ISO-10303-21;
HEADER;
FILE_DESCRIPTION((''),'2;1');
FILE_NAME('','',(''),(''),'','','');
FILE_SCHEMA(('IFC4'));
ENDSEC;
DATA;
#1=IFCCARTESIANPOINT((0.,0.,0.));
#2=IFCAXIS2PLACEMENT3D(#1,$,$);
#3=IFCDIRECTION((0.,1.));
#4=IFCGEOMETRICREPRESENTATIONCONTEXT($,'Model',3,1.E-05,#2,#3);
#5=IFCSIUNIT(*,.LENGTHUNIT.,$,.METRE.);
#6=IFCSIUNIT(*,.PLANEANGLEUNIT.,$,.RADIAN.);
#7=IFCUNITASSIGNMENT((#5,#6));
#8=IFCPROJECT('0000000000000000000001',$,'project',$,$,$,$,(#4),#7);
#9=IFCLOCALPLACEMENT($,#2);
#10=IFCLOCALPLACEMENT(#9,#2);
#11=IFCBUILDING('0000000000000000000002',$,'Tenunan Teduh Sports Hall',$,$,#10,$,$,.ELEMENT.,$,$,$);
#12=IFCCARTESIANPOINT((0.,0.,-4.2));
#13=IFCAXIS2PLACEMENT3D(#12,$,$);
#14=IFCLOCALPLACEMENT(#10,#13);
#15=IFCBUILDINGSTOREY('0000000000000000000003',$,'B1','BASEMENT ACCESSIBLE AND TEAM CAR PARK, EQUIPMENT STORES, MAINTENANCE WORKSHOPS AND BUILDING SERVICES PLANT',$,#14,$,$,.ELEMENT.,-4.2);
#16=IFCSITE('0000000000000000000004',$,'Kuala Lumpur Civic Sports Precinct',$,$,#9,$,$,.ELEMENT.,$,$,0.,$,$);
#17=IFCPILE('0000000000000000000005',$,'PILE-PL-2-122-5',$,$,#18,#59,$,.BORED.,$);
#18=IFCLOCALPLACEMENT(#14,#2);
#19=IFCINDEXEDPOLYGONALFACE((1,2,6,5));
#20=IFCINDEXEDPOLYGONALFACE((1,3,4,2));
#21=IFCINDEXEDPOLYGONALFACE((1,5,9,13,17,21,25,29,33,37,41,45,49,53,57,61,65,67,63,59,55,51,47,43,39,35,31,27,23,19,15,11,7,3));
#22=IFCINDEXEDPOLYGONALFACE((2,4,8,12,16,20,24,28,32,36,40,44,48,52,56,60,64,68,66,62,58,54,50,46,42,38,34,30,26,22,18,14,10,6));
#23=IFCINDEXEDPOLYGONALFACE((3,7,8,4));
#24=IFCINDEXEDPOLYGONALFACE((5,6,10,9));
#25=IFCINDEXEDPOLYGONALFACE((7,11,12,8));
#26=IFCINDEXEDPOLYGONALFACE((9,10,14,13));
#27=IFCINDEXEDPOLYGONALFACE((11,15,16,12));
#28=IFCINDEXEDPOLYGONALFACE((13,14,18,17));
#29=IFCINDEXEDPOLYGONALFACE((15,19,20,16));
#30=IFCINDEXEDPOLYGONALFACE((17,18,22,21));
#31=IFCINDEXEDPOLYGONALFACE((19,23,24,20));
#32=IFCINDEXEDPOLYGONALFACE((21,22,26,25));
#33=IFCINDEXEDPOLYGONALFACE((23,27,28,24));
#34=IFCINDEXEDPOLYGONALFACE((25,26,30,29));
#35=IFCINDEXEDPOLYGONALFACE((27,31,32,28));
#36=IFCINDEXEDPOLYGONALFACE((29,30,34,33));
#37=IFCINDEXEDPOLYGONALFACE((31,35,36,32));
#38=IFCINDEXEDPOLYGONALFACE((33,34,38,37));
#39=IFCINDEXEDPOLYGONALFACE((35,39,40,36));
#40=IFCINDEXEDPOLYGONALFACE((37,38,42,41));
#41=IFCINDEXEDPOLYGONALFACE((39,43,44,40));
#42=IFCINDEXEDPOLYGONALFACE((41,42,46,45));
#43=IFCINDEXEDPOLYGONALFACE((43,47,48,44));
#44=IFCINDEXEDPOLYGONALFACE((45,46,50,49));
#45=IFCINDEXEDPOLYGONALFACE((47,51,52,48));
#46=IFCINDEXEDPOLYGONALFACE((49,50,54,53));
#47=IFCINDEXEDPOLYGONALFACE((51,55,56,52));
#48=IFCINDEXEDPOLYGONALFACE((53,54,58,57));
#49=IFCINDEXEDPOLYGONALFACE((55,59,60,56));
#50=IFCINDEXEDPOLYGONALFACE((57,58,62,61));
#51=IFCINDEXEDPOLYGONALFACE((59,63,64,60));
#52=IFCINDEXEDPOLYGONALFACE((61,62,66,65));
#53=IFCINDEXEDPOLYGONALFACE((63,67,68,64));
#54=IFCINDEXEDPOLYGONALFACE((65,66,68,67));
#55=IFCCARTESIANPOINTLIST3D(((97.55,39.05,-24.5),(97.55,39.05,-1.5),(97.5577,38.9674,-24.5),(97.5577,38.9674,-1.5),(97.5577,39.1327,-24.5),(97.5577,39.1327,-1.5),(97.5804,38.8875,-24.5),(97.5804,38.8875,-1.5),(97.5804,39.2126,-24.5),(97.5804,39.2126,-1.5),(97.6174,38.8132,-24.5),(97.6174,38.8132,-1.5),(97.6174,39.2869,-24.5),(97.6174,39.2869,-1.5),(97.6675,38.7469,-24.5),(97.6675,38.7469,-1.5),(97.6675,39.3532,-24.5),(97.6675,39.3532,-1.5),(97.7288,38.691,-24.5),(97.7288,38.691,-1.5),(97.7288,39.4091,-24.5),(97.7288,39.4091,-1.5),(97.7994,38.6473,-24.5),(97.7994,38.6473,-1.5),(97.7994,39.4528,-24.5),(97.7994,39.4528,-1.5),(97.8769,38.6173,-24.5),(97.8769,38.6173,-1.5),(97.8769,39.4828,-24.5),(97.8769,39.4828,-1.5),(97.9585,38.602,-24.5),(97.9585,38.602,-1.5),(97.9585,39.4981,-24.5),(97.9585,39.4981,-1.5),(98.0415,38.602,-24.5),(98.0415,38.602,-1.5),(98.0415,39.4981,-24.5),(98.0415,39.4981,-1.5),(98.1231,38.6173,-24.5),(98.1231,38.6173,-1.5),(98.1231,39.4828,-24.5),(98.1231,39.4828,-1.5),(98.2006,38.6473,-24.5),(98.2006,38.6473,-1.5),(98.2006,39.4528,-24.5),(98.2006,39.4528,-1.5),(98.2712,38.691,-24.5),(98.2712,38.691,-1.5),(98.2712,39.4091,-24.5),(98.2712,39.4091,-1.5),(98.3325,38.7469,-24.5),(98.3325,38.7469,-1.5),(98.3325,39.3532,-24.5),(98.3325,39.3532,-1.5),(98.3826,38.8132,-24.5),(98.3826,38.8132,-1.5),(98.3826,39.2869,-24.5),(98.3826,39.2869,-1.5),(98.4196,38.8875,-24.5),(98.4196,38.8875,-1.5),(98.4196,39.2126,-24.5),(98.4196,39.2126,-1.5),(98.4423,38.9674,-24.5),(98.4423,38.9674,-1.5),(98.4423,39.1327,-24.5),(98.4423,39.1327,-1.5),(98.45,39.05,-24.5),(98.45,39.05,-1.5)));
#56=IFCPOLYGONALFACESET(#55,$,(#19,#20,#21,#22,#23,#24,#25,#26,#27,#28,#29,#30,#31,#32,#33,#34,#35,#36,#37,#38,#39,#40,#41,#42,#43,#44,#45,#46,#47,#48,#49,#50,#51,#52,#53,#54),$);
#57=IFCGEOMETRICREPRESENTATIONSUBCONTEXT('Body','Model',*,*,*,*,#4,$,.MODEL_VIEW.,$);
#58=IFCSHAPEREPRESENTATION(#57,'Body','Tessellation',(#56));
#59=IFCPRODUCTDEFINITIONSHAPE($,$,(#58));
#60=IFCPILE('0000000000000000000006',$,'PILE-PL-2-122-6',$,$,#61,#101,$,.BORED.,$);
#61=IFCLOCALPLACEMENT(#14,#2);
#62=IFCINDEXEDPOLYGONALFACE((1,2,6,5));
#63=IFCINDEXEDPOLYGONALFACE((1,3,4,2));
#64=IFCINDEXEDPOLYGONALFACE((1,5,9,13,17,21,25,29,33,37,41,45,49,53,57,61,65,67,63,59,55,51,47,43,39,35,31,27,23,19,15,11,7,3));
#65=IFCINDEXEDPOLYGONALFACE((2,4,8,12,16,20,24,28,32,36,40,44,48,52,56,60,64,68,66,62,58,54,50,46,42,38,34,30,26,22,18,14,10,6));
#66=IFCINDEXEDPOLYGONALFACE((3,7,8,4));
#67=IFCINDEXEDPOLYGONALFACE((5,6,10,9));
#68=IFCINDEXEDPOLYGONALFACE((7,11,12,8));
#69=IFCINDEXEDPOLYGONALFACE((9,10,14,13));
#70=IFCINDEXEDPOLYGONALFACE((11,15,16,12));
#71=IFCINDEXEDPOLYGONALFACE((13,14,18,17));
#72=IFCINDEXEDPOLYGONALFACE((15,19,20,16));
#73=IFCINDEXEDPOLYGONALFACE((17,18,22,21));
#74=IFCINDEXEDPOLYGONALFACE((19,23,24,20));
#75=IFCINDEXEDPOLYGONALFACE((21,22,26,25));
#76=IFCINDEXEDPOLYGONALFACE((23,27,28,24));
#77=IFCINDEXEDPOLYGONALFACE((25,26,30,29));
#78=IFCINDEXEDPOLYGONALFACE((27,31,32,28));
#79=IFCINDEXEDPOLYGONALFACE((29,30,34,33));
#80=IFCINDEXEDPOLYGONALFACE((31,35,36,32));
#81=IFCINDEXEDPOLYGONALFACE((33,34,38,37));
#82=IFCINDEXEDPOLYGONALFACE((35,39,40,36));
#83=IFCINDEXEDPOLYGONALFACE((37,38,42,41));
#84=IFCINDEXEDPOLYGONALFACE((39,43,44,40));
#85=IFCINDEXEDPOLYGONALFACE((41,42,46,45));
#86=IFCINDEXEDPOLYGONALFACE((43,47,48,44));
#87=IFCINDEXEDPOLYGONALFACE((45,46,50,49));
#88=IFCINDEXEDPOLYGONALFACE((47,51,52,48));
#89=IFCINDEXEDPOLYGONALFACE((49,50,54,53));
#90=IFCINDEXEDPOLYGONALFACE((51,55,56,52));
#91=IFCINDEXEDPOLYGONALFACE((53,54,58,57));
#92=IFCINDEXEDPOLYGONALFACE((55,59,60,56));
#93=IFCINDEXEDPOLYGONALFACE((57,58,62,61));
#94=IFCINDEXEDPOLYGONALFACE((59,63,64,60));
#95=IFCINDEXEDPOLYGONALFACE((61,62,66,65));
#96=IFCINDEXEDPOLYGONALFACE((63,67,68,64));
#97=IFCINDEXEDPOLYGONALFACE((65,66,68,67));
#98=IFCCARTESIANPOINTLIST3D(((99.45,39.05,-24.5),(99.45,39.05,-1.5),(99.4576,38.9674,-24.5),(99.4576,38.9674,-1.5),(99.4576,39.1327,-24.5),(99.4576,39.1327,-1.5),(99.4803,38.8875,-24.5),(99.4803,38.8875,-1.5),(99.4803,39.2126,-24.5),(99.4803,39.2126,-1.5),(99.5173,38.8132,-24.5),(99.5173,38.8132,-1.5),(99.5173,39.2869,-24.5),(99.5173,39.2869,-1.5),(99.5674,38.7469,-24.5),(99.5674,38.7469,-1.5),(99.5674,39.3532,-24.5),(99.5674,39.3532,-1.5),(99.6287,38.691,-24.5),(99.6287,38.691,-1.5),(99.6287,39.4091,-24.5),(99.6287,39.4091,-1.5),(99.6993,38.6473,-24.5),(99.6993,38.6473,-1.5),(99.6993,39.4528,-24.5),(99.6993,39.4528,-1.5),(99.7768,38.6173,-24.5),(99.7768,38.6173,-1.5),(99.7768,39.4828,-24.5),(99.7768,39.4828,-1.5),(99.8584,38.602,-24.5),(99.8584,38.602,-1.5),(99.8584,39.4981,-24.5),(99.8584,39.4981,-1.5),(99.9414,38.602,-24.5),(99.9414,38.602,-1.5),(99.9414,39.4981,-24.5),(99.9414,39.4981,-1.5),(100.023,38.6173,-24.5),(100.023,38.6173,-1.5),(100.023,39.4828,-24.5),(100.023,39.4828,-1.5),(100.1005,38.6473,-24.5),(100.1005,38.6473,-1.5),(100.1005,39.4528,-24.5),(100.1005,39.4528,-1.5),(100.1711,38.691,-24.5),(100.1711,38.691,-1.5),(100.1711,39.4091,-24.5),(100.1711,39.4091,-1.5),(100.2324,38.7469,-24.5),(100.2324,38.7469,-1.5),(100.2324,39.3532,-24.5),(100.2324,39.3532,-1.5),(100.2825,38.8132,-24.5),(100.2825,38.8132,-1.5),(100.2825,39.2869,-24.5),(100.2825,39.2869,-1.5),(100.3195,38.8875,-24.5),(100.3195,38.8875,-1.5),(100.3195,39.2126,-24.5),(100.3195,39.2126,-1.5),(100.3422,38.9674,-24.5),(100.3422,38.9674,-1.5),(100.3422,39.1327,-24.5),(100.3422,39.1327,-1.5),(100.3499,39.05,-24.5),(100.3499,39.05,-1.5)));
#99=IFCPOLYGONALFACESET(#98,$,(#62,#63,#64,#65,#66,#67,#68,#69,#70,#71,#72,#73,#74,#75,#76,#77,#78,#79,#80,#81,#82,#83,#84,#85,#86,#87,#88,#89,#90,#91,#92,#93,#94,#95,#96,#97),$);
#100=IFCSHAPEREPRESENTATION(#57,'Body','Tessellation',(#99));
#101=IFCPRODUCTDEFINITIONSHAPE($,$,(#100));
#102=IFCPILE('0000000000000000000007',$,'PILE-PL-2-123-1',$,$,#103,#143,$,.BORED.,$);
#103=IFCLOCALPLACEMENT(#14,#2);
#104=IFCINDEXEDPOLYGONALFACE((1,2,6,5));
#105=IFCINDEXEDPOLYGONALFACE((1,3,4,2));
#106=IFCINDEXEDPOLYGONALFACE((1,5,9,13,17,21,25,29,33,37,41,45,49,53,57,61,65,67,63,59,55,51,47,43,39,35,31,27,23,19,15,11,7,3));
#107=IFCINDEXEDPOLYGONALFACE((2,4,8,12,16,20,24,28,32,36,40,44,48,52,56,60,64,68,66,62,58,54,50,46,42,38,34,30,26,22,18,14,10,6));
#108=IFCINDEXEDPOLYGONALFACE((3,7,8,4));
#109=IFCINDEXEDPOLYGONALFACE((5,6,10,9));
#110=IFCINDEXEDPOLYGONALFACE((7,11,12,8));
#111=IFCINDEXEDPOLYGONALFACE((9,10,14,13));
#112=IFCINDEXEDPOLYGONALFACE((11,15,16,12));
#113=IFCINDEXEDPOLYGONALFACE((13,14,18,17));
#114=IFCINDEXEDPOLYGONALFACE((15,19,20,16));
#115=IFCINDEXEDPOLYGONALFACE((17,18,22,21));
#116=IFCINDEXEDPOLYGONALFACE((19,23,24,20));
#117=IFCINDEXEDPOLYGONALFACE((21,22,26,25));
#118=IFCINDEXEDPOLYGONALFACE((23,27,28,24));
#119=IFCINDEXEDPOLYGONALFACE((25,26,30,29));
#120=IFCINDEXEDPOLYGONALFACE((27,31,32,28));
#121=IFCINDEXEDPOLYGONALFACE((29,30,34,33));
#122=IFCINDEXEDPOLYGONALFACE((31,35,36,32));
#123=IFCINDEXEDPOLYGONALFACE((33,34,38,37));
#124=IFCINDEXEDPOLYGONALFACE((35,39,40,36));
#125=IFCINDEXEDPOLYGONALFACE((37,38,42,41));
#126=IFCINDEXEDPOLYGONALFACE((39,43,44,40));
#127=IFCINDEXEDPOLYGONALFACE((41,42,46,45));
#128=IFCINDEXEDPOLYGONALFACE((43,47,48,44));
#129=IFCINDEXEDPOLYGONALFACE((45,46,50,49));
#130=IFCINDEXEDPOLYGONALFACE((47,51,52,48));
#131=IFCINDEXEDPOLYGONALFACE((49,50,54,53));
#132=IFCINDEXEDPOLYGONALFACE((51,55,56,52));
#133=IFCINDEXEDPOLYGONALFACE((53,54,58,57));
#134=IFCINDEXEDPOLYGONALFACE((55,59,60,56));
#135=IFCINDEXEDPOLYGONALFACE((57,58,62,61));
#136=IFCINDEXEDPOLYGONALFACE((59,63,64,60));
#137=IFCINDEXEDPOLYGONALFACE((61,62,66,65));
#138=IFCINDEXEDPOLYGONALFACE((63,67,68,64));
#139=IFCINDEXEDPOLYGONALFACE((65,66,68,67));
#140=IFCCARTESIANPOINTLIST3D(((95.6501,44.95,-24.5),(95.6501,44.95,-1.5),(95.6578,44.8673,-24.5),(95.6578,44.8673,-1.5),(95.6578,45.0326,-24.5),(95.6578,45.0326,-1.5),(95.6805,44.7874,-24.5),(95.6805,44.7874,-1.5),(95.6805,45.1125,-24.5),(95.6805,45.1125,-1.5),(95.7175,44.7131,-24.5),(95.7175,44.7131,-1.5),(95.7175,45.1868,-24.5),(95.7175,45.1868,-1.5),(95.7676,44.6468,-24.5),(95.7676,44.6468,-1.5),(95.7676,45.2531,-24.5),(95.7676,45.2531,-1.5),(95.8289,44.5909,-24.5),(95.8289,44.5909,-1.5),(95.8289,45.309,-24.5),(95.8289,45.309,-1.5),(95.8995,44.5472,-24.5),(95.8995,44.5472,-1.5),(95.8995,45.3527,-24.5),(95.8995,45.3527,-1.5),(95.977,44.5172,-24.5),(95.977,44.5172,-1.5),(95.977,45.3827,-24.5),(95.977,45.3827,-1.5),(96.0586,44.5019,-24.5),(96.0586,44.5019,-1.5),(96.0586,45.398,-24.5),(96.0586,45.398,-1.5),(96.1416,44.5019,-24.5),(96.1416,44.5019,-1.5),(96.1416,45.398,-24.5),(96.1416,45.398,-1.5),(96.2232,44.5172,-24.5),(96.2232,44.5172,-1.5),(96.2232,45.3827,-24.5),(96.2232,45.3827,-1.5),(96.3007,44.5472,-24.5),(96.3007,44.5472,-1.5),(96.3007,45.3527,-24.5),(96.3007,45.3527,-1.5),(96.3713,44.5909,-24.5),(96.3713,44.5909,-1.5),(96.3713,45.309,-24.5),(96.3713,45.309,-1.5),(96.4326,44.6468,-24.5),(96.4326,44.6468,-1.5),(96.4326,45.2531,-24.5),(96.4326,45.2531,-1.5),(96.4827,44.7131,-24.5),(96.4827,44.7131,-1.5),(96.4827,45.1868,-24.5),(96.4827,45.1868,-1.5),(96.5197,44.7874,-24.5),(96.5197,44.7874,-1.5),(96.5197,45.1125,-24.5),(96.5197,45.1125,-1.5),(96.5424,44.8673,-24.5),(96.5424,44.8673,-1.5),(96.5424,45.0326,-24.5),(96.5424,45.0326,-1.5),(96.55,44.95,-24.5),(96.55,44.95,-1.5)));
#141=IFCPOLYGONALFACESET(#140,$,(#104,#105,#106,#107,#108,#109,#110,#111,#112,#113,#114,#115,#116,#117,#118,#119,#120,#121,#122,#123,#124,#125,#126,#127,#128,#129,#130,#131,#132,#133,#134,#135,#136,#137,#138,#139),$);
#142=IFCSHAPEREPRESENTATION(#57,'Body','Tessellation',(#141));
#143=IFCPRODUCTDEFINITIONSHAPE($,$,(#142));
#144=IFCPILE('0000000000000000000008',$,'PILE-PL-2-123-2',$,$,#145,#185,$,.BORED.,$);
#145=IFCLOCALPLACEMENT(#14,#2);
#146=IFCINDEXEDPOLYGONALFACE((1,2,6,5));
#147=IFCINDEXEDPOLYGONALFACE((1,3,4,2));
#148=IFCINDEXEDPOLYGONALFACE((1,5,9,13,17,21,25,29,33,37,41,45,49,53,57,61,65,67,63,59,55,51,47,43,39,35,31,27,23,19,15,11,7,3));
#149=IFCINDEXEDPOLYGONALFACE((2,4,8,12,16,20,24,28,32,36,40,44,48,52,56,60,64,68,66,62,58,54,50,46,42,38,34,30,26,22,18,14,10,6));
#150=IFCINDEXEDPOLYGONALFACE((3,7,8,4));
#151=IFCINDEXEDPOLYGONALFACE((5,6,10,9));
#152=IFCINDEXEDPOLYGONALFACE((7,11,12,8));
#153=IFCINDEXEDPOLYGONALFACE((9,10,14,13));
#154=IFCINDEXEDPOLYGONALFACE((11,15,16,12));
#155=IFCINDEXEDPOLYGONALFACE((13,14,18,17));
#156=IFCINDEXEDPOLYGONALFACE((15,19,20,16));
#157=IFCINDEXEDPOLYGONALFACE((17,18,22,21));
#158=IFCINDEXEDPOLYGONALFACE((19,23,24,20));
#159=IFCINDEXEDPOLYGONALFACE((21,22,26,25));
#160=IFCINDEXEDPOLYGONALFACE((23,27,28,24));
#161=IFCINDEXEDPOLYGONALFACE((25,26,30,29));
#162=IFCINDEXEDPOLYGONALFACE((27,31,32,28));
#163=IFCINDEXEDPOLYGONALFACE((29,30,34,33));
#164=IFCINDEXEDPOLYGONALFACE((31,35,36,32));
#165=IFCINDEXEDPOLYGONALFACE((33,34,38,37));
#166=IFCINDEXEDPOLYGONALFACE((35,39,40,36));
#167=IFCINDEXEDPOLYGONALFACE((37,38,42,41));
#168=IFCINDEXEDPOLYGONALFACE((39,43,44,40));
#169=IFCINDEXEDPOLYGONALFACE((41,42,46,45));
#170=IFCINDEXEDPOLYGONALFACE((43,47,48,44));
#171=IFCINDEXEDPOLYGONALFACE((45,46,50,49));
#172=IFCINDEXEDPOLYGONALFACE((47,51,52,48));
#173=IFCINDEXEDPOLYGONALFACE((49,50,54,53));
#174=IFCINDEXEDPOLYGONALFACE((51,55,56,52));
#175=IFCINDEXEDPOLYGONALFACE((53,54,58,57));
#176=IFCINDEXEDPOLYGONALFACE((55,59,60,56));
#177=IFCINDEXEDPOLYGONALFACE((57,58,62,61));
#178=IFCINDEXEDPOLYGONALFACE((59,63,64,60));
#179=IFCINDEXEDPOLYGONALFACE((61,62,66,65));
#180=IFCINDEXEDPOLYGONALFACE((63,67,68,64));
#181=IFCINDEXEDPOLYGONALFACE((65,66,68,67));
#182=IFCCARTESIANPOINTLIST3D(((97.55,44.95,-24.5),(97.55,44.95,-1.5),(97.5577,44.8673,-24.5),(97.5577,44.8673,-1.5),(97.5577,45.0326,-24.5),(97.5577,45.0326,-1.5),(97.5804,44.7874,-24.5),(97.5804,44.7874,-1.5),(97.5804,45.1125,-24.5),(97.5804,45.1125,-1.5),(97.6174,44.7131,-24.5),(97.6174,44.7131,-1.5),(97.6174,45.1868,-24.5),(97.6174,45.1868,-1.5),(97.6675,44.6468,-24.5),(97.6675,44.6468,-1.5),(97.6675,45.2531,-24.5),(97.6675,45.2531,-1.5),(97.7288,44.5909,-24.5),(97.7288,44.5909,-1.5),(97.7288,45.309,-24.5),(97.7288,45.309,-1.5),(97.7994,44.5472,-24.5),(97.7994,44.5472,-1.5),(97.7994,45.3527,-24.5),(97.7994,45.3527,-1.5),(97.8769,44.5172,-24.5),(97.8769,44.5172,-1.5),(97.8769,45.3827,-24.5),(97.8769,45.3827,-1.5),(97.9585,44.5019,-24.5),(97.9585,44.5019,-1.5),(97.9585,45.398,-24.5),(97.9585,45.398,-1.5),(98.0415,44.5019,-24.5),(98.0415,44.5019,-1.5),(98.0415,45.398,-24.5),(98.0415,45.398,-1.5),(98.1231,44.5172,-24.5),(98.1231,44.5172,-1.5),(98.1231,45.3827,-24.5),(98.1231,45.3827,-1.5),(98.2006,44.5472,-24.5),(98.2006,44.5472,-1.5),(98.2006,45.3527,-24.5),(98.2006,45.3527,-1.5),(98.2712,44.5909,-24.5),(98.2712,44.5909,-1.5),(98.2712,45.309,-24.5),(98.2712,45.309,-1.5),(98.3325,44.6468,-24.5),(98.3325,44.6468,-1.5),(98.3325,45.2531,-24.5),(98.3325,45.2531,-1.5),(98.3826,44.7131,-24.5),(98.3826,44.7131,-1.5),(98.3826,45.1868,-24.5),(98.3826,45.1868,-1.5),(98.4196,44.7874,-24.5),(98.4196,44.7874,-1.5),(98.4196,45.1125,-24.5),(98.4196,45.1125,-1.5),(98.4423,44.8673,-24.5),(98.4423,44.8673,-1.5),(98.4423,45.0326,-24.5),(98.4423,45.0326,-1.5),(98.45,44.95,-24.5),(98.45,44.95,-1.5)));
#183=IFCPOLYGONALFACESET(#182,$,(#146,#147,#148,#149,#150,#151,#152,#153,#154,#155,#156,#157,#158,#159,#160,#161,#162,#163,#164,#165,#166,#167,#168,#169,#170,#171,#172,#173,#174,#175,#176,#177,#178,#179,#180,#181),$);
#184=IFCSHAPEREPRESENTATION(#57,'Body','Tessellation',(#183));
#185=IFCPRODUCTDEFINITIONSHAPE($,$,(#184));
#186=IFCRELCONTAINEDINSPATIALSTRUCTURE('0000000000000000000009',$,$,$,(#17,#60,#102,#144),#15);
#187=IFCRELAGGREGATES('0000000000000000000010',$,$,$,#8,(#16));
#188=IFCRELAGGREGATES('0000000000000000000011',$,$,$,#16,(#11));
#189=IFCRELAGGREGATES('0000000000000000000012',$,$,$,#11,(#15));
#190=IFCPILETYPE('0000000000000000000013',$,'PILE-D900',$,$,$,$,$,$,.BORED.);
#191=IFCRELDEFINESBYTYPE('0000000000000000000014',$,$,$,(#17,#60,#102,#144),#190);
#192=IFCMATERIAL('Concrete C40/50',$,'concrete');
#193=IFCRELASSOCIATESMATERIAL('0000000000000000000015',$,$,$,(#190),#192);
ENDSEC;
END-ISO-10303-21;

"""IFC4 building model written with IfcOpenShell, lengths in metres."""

from ifc_helpers import new_model, si_unit, direction, frame, origin, origin_2d, place, context, subcontext, project, spatial, circle, extrude, material, material_profile, profile_set, type_object, element, save


model = new_model("IFC4")

# Units and contexts
model_context = context("Model", 3, precision=1e-05, world=origin(), true_north=direction((0.0, 1.0)))
body_context = subcontext(model_context, "Body", "Model", "MODEL_VIEW")
ifc_project = project(units=[si_unit("LENGTHUNIT", "METRE"), si_unit("PLANEANGLEUNIT", "RADIAN")], contexts=[model_context])

# Site, building, storey
site_placement = place(None, origin())
site = spatial("IfcSite", under=ifc_project, at=site_placement, Name="Kuala Lumpur Civic Sports Precinct", CompositionType="ELEMENT", RefElevation=0.0)
building_placement = place(site_placement, origin())
building = spatial("IfcBuilding", under=site, at=building_placement, Name="Tenunan Teduh Sports Hall", CompositionType="ELEMENT")
storey_placement = place(building_placement, frame((0.0, 0.0, -4.2)))
storey = spatial("IfcBuildingStorey", under=building, at=storey_placement, Name="B1", Description="BASEMENT ACCESSIBLE AND TEAM CAR PARK, EQUIPMENT STORES, MAINTENANCE WORKSHOPS AND BUILDING SERVICES PLANT", CompositionType="ELEMENT", Elevation=-4.2)

# Piles
ifc_material_1 = material(Name="Concrete C40/50", Category="concrete")
ifc_material_profile_1 = material_profile(ifc_material_1, circle(Radius=0.45, at=origin_2d()), Name="PILE D900")
ifc_profile_set_1 = profile_set([ifc_material_profile_1], Name="Concrete C40/50")
pile_type = type_object("IfcPileType", Name="PILE-D900", PredefinedType="BORED", material=ifc_profile_set_1)
for number, where, z_axis, x_axis, name in (
    (1, (98.0, 39.05, -1.5), (0.0, 0.0, -1.0), (1.0, 0.0, 0.0), "PILE-PL-2-122-5"),
    (2, (99.8999, 39.05, -1.5), (0.0, 0.0, -1.0), (1.0, 0.0, 0.0), "PILE-PL-2-122-6"),
    (3, (96.1001, 44.95, -1.5), (0.0, 0.0, -1.0), (1.0, 0.0, 0.0), "PILE-PL-2-123-1"),
    (4, (98.0, 44.95, -1.5), (0.0, 0.0, -1.0), (1.0, 0.0, 0.0), "PILE-PL-2-123-2"),
):
    element("IfcPile", number, at=place(storey_placement, frame(where, z_axis=z_axis, x_axis=x_axis)), inside=storey, type_object=pile_type, Name=name, PredefinedType="BORED", context=body_context, shape_type="SweptSolid", body=[
        extrude(circle(Radius=0.45, at=origin_2d()), origin(), (0.0, 0.0, 1.0), 23.0),
    ])

save(model, "model.ifc")
